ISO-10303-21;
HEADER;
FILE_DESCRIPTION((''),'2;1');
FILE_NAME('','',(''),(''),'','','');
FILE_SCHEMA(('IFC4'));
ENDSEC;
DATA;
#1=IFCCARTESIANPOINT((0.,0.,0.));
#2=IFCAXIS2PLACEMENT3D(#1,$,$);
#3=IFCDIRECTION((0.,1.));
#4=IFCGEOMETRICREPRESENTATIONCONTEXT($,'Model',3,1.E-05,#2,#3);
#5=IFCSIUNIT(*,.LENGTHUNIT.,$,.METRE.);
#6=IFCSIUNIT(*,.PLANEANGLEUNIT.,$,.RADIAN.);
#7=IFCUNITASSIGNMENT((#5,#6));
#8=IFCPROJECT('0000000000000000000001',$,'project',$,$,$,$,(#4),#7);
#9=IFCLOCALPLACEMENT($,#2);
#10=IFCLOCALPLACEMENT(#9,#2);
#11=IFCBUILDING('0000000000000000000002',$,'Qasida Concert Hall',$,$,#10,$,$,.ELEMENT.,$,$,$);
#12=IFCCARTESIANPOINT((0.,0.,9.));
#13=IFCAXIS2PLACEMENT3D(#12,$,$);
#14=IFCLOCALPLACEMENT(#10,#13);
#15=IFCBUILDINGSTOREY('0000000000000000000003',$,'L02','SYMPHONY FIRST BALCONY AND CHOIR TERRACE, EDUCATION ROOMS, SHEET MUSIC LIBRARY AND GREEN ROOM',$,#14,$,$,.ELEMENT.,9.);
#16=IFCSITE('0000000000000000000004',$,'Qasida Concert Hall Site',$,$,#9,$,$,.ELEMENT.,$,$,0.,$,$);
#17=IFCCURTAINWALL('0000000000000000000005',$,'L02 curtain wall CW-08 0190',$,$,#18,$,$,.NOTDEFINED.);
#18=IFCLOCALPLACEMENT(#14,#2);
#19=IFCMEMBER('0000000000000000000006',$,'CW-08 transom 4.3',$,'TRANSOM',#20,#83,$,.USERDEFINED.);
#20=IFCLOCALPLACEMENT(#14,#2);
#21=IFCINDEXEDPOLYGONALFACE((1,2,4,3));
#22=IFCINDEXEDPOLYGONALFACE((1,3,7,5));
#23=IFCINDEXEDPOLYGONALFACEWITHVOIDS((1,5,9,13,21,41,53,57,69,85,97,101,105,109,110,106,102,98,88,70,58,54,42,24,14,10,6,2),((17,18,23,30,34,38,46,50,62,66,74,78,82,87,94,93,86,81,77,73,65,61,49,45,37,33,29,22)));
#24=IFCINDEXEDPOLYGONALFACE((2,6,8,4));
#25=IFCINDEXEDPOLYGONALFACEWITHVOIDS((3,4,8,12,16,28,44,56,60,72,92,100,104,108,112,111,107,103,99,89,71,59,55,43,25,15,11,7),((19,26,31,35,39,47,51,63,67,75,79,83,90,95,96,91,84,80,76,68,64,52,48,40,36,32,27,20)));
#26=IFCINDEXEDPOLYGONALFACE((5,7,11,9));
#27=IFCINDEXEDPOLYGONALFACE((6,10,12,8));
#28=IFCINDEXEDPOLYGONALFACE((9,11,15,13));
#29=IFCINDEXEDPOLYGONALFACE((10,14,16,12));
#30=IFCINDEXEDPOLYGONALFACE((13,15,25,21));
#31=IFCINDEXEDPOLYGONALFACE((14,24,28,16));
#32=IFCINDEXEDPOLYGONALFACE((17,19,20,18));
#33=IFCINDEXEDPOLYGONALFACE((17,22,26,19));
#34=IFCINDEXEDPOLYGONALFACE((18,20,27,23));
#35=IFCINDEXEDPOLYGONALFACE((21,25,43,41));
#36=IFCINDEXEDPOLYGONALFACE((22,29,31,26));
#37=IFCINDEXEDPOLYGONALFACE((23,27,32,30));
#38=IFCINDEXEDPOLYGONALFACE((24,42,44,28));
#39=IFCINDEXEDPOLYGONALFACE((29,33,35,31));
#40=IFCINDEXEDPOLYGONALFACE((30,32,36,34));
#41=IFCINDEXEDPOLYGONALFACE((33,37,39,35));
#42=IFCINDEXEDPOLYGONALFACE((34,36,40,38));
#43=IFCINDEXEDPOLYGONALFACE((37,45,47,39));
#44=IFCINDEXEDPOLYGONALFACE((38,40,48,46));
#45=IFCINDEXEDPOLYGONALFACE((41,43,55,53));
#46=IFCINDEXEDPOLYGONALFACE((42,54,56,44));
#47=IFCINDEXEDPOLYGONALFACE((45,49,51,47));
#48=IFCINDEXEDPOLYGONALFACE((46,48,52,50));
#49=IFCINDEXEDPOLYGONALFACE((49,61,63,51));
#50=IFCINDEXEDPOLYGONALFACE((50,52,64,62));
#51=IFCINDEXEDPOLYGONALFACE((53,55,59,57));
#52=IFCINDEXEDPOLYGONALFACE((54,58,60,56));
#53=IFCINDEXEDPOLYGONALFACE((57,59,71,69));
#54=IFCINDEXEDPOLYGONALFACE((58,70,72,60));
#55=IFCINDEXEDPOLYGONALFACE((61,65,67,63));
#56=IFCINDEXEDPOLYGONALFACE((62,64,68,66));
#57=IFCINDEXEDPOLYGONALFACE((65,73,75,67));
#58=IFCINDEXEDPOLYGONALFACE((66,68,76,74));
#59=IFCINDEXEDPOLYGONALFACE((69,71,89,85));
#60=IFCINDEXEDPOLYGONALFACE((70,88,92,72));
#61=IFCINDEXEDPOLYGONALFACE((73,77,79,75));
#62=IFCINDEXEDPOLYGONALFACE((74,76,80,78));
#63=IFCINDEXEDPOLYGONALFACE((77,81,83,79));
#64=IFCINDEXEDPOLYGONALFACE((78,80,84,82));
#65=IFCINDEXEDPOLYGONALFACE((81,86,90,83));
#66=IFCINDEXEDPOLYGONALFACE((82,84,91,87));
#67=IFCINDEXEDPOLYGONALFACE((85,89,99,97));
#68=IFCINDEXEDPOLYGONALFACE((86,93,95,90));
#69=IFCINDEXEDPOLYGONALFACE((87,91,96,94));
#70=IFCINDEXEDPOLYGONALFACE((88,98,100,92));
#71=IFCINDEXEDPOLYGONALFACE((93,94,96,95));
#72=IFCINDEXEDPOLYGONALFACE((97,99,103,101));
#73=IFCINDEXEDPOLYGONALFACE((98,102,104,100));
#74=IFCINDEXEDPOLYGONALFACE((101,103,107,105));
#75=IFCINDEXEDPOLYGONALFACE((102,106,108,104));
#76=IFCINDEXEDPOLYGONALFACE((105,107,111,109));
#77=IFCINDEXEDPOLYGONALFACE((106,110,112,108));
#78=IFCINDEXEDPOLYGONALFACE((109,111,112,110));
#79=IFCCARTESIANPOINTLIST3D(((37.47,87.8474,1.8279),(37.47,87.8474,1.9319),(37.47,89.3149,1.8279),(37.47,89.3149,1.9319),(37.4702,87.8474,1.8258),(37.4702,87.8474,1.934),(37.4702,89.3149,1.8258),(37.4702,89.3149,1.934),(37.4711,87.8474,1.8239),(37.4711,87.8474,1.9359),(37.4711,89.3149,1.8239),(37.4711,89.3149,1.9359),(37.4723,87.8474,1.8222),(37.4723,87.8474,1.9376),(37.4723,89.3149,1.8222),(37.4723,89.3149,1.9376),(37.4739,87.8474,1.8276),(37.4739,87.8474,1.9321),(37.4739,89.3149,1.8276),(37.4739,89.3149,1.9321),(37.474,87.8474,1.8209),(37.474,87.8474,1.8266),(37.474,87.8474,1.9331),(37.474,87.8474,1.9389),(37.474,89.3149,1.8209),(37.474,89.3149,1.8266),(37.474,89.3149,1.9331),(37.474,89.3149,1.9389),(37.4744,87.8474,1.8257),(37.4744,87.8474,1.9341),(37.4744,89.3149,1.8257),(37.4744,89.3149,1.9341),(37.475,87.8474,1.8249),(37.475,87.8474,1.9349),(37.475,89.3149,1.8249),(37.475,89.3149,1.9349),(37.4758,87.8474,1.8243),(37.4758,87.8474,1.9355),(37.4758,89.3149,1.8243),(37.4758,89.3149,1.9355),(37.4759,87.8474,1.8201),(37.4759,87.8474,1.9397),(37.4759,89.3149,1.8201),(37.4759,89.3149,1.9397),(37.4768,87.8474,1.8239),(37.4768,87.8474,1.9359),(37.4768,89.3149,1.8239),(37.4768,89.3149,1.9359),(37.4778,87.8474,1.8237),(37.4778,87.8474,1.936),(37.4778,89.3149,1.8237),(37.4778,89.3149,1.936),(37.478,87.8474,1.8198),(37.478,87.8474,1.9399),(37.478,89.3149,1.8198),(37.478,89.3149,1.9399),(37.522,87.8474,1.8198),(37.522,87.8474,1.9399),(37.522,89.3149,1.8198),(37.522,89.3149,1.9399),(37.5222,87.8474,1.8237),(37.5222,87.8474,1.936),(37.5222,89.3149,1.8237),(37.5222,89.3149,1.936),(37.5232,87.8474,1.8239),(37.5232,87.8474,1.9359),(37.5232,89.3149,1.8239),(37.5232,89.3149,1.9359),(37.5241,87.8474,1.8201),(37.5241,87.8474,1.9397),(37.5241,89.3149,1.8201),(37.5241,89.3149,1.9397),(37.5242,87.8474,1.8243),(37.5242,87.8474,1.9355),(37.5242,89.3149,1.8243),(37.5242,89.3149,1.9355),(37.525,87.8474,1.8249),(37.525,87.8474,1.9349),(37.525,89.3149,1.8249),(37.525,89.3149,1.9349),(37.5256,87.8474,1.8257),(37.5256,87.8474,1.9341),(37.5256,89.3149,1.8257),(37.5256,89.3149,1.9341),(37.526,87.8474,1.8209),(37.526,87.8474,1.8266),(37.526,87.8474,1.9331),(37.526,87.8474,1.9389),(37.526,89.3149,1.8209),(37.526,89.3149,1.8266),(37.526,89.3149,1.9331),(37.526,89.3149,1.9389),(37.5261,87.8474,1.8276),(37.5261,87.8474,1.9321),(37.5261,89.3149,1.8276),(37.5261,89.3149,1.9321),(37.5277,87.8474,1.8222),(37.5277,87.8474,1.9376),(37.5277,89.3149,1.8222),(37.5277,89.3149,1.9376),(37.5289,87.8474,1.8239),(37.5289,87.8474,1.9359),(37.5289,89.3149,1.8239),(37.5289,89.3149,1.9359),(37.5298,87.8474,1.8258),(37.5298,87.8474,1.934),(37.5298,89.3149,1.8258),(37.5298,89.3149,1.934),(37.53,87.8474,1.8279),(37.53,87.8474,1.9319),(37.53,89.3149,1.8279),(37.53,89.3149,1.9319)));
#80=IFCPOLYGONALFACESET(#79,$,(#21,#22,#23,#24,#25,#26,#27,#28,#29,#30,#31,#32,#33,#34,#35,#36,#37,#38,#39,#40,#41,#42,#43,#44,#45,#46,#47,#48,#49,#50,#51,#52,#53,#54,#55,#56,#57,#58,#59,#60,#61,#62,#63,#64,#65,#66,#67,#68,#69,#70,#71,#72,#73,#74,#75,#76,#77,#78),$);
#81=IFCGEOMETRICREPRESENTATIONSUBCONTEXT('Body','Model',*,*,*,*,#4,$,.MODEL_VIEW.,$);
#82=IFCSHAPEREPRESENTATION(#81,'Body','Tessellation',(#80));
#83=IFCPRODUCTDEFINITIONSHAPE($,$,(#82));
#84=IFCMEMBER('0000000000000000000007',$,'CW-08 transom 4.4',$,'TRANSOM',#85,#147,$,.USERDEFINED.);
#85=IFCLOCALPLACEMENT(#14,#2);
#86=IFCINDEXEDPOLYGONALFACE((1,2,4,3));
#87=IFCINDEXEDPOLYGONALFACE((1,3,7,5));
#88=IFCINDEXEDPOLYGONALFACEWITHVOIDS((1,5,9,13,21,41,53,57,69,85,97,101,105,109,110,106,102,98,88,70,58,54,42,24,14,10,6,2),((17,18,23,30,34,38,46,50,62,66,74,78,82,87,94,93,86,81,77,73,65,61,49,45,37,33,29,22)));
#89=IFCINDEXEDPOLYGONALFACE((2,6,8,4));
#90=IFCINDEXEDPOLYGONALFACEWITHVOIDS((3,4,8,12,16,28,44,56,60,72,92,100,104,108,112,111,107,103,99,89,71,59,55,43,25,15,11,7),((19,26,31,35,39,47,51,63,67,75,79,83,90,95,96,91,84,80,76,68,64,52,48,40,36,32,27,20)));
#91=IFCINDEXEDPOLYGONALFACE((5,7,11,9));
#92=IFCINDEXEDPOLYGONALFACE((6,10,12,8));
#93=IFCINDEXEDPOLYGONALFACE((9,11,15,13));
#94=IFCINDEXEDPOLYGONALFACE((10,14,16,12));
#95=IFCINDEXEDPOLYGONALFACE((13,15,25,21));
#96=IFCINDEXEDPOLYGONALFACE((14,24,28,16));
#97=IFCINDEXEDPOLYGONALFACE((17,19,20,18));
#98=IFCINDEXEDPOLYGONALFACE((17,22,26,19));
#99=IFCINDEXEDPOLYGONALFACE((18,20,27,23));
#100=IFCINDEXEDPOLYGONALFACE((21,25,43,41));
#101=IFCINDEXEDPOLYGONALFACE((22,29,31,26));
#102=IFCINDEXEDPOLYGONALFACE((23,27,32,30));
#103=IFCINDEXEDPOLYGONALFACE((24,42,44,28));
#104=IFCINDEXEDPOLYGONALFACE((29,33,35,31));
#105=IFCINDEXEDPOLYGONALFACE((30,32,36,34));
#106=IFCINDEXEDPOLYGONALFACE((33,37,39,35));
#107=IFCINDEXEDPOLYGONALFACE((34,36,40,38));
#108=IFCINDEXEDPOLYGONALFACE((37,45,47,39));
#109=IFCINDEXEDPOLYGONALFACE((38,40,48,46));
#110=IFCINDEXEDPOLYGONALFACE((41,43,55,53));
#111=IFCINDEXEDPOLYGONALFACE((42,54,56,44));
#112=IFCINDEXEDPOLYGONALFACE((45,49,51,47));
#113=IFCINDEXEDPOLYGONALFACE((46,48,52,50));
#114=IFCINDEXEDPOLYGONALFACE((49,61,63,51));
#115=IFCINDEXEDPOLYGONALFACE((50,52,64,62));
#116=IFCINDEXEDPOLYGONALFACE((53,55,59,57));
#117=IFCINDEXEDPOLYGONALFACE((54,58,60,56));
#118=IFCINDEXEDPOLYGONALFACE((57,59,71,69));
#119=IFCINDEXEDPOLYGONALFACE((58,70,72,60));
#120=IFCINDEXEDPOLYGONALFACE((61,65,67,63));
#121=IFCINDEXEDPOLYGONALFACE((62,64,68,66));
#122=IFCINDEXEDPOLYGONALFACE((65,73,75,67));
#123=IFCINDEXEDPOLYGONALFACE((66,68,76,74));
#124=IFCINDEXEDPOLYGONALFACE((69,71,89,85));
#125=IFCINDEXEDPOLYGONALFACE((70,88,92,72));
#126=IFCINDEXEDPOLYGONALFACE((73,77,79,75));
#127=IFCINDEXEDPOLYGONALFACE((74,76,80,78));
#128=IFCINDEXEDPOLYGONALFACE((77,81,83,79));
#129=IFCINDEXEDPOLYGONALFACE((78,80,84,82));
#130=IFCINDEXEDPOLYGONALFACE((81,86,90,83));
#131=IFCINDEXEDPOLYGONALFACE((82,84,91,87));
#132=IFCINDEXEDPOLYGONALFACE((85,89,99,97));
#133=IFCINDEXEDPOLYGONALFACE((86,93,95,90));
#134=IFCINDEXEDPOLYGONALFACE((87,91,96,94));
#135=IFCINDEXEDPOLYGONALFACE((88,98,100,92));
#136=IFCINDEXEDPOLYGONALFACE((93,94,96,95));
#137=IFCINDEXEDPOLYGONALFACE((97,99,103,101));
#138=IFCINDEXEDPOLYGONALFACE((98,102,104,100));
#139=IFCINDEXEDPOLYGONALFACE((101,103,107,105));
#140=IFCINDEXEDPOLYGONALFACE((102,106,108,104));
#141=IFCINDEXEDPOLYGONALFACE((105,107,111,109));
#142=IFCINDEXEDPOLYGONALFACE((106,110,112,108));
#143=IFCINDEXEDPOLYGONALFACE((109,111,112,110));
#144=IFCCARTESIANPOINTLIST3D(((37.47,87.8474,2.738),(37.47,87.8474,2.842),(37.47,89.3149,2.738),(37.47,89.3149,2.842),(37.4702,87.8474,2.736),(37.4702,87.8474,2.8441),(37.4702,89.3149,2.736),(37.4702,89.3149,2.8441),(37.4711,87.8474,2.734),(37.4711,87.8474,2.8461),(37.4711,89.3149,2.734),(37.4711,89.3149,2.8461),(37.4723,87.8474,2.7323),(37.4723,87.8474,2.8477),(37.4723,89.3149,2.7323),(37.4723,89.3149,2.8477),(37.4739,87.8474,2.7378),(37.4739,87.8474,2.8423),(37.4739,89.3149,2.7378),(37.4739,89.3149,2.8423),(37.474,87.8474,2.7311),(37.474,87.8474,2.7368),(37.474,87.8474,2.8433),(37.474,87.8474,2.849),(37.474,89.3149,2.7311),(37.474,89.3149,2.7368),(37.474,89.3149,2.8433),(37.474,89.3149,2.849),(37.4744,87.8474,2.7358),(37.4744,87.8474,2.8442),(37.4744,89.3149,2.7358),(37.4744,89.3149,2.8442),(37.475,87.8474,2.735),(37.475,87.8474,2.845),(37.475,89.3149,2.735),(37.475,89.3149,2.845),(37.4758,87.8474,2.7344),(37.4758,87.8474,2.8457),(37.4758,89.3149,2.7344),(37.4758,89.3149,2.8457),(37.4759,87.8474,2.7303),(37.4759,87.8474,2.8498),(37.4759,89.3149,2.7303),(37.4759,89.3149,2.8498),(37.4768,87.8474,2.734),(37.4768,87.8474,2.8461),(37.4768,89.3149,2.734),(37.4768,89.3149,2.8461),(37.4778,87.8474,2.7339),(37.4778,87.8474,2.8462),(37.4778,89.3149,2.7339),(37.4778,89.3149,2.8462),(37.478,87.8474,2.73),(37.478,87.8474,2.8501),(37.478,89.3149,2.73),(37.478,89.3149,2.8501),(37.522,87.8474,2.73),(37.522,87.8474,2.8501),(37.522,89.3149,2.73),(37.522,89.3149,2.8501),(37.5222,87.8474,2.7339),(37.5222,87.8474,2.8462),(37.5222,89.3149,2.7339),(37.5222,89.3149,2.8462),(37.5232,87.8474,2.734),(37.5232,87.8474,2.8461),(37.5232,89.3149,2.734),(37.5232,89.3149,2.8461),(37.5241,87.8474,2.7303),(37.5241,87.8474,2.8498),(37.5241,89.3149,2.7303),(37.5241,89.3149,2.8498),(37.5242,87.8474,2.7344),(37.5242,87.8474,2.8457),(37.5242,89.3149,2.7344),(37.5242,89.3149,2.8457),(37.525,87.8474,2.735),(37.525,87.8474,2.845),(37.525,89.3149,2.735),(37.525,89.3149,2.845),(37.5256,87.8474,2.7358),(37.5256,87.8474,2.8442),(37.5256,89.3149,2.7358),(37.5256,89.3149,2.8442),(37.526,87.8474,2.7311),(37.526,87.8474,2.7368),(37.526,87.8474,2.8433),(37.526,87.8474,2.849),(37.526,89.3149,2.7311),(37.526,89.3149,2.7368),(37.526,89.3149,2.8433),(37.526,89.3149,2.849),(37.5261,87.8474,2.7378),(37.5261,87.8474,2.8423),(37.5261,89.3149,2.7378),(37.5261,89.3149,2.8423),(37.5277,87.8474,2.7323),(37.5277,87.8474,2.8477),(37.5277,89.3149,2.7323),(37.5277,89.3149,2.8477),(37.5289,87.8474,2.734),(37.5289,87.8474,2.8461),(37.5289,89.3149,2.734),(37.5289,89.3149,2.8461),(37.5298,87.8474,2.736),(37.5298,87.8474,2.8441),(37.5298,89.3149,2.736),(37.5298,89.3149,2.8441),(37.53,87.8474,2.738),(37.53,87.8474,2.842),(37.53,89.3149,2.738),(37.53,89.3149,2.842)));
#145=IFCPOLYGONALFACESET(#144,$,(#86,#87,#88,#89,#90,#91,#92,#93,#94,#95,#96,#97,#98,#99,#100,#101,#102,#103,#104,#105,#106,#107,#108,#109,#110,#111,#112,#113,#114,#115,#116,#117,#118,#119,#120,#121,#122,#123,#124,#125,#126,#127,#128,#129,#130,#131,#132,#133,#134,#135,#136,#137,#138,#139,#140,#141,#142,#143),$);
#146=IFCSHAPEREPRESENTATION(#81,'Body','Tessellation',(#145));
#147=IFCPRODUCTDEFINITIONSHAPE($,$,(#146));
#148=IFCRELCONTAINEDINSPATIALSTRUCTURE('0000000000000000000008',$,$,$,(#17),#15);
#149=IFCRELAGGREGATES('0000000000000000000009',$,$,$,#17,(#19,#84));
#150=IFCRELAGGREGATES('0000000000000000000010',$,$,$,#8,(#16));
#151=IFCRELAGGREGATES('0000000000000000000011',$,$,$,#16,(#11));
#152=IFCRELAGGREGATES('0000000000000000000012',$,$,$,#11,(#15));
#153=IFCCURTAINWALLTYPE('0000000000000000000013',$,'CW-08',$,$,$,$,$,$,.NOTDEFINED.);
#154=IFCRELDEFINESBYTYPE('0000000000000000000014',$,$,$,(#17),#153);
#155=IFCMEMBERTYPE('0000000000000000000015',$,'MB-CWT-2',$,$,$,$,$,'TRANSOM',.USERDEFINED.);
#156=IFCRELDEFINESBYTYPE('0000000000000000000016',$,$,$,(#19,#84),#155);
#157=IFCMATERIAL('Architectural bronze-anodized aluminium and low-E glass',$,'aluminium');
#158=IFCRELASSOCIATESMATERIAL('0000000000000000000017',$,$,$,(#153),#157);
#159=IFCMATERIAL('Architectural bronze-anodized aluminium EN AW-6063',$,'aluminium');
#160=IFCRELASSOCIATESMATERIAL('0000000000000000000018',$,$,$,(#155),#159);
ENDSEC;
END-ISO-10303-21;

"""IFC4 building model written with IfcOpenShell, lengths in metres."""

from ifc_helpers import new_model, si_unit, direction, frame, origin, origin_2d, place, context, subcontext, project, spatial, hollow_rectangle, extrude, material, material_profile, profile_set, type_object, element, aggregate, save


model = new_model("IFC4")

# Units and contexts
model_context = context("Model", 3, precision=1e-05, world=origin(), true_north=direction((0.0, 1.0)))
body_context = subcontext(model_context, "Body", "Model", "MODEL_VIEW")
ifc_project = project(units=[si_unit("LENGTHUNIT", "METRE"), si_unit("PLANEANGLEUNIT", "RADIAN")], contexts=[model_context])

# Site, building, storey
site_placement = place(None, origin())
site = spatial("IfcSite", under=ifc_project, at=site_placement, Name="Qasida Concert Hall Site", CompositionType="ELEMENT", RefElevation=0.0)
building_placement = place(site_placement, origin())
building = spatial("IfcBuilding", under=site, at=building_placement, Name="Qasida Concert Hall", CompositionType="ELEMENT")
storey_placement = place(building_placement, frame((0.0, 0.0, 9.0)))
storey = spatial("IfcBuildingStorey", under=building, at=storey_placement, Name="L02", Description="SYMPHONY FIRST BALCONY AND CHOIR TERRACE, EDUCATION ROOMS, SHEET MUSIC LIBRARY AND GREEN ROOM", CompositionType="ELEMENT", Elevation=9.0)

# Curtain wall
ifc_material_1 = material(Name="Architectural bronze-anodized aluminium and low-E glass", Category="aluminium")
curtain_wall_type = type_object("IfcCurtainWallType", Name="CW-08", PredefinedType="NOTDEFINED", material=ifc_material_1)
curtain_wall_1_placement = place(storey_placement, origin())
curtain_wall_1 = element("IfcCurtainWall", 1, at=curtain_wall_1_placement, inside=storey, type_object=curtain_wall_type, Name="L02 curtain wall CW-08 0190", PredefinedType="NOTDEFINED")
ifc_material_2 = material(Name="Architectural bronze-anodized aluminium EN AW-6063", Category="aluminium")

# Members
ifc_material_profile_1 = material_profile(ifc_material_2, hollow_rectangle(XDim=0.0601, YDim=0.1201, WallThickness=0.0039, InnerFilletRadius=0.0039, OuterFilletRadius=0.0081, at=origin_2d()), Name="CWT 120x60x4")
ifc_profile_set_1 = profile_set([ifc_material_profile_1], Name="Architectural bronze-anodized aluminium EN AW-6063")
member_type_1 = type_object("IfcMemberType", Name="MB-CWT-2", ElementType="TRANSOM", PredefinedType="USERDEFINED", material=ifc_profile_set_1)
member_1_placement = place(storey_placement, frame((37.5, 87.8474, 1.8799), z_axis=(0.0, 1.0, 0.0), x_axis=(-1.0, 0.0, 0.0)))
member_1 = element("IfcMember", 2, at=member_1_placement, type_object=member_type_1, Name="CW-08 transom 4.3", ObjectType="TRANSOM", PredefinedType="USERDEFINED", context=body_context, shape_type="SweptSolid", body=[
    extrude(hollow_rectangle(XDim=0.0601, YDim=0.1201, WallThickness=0.0039, InnerFilletRadius=0.0039, OuterFilletRadius=0.0081, at=origin_2d()), origin(), (0.0, 0.0, 1.0), 1.4675),
])
member_2_placement = place(storey_placement, frame((37.5, 87.8474, 2.79), z_axis=(0.0, 1.0, 0.0), x_axis=(-1.0, 0.0, 0.0)))
member_2 = element("IfcMember", 3, at=member_2_placement, type_object=member_type_1, Name="CW-08 transom 4.4", ObjectType="TRANSOM", PredefinedType="USERDEFINED", context=body_context, shape_type="SweptSolid", body=[
    extrude(hollow_rectangle(XDim=0.0601, YDim=0.1201, WallThickness=0.0039, InnerFilletRadius=0.0039, OuterFilletRadius=0.0081, at=origin_2d()), origin(), (0.0, 0.0, 1.0), 1.4675),
])

aggregate(curtain_wall_1, [member_1, member_2])

save(model, "model.ifc")
